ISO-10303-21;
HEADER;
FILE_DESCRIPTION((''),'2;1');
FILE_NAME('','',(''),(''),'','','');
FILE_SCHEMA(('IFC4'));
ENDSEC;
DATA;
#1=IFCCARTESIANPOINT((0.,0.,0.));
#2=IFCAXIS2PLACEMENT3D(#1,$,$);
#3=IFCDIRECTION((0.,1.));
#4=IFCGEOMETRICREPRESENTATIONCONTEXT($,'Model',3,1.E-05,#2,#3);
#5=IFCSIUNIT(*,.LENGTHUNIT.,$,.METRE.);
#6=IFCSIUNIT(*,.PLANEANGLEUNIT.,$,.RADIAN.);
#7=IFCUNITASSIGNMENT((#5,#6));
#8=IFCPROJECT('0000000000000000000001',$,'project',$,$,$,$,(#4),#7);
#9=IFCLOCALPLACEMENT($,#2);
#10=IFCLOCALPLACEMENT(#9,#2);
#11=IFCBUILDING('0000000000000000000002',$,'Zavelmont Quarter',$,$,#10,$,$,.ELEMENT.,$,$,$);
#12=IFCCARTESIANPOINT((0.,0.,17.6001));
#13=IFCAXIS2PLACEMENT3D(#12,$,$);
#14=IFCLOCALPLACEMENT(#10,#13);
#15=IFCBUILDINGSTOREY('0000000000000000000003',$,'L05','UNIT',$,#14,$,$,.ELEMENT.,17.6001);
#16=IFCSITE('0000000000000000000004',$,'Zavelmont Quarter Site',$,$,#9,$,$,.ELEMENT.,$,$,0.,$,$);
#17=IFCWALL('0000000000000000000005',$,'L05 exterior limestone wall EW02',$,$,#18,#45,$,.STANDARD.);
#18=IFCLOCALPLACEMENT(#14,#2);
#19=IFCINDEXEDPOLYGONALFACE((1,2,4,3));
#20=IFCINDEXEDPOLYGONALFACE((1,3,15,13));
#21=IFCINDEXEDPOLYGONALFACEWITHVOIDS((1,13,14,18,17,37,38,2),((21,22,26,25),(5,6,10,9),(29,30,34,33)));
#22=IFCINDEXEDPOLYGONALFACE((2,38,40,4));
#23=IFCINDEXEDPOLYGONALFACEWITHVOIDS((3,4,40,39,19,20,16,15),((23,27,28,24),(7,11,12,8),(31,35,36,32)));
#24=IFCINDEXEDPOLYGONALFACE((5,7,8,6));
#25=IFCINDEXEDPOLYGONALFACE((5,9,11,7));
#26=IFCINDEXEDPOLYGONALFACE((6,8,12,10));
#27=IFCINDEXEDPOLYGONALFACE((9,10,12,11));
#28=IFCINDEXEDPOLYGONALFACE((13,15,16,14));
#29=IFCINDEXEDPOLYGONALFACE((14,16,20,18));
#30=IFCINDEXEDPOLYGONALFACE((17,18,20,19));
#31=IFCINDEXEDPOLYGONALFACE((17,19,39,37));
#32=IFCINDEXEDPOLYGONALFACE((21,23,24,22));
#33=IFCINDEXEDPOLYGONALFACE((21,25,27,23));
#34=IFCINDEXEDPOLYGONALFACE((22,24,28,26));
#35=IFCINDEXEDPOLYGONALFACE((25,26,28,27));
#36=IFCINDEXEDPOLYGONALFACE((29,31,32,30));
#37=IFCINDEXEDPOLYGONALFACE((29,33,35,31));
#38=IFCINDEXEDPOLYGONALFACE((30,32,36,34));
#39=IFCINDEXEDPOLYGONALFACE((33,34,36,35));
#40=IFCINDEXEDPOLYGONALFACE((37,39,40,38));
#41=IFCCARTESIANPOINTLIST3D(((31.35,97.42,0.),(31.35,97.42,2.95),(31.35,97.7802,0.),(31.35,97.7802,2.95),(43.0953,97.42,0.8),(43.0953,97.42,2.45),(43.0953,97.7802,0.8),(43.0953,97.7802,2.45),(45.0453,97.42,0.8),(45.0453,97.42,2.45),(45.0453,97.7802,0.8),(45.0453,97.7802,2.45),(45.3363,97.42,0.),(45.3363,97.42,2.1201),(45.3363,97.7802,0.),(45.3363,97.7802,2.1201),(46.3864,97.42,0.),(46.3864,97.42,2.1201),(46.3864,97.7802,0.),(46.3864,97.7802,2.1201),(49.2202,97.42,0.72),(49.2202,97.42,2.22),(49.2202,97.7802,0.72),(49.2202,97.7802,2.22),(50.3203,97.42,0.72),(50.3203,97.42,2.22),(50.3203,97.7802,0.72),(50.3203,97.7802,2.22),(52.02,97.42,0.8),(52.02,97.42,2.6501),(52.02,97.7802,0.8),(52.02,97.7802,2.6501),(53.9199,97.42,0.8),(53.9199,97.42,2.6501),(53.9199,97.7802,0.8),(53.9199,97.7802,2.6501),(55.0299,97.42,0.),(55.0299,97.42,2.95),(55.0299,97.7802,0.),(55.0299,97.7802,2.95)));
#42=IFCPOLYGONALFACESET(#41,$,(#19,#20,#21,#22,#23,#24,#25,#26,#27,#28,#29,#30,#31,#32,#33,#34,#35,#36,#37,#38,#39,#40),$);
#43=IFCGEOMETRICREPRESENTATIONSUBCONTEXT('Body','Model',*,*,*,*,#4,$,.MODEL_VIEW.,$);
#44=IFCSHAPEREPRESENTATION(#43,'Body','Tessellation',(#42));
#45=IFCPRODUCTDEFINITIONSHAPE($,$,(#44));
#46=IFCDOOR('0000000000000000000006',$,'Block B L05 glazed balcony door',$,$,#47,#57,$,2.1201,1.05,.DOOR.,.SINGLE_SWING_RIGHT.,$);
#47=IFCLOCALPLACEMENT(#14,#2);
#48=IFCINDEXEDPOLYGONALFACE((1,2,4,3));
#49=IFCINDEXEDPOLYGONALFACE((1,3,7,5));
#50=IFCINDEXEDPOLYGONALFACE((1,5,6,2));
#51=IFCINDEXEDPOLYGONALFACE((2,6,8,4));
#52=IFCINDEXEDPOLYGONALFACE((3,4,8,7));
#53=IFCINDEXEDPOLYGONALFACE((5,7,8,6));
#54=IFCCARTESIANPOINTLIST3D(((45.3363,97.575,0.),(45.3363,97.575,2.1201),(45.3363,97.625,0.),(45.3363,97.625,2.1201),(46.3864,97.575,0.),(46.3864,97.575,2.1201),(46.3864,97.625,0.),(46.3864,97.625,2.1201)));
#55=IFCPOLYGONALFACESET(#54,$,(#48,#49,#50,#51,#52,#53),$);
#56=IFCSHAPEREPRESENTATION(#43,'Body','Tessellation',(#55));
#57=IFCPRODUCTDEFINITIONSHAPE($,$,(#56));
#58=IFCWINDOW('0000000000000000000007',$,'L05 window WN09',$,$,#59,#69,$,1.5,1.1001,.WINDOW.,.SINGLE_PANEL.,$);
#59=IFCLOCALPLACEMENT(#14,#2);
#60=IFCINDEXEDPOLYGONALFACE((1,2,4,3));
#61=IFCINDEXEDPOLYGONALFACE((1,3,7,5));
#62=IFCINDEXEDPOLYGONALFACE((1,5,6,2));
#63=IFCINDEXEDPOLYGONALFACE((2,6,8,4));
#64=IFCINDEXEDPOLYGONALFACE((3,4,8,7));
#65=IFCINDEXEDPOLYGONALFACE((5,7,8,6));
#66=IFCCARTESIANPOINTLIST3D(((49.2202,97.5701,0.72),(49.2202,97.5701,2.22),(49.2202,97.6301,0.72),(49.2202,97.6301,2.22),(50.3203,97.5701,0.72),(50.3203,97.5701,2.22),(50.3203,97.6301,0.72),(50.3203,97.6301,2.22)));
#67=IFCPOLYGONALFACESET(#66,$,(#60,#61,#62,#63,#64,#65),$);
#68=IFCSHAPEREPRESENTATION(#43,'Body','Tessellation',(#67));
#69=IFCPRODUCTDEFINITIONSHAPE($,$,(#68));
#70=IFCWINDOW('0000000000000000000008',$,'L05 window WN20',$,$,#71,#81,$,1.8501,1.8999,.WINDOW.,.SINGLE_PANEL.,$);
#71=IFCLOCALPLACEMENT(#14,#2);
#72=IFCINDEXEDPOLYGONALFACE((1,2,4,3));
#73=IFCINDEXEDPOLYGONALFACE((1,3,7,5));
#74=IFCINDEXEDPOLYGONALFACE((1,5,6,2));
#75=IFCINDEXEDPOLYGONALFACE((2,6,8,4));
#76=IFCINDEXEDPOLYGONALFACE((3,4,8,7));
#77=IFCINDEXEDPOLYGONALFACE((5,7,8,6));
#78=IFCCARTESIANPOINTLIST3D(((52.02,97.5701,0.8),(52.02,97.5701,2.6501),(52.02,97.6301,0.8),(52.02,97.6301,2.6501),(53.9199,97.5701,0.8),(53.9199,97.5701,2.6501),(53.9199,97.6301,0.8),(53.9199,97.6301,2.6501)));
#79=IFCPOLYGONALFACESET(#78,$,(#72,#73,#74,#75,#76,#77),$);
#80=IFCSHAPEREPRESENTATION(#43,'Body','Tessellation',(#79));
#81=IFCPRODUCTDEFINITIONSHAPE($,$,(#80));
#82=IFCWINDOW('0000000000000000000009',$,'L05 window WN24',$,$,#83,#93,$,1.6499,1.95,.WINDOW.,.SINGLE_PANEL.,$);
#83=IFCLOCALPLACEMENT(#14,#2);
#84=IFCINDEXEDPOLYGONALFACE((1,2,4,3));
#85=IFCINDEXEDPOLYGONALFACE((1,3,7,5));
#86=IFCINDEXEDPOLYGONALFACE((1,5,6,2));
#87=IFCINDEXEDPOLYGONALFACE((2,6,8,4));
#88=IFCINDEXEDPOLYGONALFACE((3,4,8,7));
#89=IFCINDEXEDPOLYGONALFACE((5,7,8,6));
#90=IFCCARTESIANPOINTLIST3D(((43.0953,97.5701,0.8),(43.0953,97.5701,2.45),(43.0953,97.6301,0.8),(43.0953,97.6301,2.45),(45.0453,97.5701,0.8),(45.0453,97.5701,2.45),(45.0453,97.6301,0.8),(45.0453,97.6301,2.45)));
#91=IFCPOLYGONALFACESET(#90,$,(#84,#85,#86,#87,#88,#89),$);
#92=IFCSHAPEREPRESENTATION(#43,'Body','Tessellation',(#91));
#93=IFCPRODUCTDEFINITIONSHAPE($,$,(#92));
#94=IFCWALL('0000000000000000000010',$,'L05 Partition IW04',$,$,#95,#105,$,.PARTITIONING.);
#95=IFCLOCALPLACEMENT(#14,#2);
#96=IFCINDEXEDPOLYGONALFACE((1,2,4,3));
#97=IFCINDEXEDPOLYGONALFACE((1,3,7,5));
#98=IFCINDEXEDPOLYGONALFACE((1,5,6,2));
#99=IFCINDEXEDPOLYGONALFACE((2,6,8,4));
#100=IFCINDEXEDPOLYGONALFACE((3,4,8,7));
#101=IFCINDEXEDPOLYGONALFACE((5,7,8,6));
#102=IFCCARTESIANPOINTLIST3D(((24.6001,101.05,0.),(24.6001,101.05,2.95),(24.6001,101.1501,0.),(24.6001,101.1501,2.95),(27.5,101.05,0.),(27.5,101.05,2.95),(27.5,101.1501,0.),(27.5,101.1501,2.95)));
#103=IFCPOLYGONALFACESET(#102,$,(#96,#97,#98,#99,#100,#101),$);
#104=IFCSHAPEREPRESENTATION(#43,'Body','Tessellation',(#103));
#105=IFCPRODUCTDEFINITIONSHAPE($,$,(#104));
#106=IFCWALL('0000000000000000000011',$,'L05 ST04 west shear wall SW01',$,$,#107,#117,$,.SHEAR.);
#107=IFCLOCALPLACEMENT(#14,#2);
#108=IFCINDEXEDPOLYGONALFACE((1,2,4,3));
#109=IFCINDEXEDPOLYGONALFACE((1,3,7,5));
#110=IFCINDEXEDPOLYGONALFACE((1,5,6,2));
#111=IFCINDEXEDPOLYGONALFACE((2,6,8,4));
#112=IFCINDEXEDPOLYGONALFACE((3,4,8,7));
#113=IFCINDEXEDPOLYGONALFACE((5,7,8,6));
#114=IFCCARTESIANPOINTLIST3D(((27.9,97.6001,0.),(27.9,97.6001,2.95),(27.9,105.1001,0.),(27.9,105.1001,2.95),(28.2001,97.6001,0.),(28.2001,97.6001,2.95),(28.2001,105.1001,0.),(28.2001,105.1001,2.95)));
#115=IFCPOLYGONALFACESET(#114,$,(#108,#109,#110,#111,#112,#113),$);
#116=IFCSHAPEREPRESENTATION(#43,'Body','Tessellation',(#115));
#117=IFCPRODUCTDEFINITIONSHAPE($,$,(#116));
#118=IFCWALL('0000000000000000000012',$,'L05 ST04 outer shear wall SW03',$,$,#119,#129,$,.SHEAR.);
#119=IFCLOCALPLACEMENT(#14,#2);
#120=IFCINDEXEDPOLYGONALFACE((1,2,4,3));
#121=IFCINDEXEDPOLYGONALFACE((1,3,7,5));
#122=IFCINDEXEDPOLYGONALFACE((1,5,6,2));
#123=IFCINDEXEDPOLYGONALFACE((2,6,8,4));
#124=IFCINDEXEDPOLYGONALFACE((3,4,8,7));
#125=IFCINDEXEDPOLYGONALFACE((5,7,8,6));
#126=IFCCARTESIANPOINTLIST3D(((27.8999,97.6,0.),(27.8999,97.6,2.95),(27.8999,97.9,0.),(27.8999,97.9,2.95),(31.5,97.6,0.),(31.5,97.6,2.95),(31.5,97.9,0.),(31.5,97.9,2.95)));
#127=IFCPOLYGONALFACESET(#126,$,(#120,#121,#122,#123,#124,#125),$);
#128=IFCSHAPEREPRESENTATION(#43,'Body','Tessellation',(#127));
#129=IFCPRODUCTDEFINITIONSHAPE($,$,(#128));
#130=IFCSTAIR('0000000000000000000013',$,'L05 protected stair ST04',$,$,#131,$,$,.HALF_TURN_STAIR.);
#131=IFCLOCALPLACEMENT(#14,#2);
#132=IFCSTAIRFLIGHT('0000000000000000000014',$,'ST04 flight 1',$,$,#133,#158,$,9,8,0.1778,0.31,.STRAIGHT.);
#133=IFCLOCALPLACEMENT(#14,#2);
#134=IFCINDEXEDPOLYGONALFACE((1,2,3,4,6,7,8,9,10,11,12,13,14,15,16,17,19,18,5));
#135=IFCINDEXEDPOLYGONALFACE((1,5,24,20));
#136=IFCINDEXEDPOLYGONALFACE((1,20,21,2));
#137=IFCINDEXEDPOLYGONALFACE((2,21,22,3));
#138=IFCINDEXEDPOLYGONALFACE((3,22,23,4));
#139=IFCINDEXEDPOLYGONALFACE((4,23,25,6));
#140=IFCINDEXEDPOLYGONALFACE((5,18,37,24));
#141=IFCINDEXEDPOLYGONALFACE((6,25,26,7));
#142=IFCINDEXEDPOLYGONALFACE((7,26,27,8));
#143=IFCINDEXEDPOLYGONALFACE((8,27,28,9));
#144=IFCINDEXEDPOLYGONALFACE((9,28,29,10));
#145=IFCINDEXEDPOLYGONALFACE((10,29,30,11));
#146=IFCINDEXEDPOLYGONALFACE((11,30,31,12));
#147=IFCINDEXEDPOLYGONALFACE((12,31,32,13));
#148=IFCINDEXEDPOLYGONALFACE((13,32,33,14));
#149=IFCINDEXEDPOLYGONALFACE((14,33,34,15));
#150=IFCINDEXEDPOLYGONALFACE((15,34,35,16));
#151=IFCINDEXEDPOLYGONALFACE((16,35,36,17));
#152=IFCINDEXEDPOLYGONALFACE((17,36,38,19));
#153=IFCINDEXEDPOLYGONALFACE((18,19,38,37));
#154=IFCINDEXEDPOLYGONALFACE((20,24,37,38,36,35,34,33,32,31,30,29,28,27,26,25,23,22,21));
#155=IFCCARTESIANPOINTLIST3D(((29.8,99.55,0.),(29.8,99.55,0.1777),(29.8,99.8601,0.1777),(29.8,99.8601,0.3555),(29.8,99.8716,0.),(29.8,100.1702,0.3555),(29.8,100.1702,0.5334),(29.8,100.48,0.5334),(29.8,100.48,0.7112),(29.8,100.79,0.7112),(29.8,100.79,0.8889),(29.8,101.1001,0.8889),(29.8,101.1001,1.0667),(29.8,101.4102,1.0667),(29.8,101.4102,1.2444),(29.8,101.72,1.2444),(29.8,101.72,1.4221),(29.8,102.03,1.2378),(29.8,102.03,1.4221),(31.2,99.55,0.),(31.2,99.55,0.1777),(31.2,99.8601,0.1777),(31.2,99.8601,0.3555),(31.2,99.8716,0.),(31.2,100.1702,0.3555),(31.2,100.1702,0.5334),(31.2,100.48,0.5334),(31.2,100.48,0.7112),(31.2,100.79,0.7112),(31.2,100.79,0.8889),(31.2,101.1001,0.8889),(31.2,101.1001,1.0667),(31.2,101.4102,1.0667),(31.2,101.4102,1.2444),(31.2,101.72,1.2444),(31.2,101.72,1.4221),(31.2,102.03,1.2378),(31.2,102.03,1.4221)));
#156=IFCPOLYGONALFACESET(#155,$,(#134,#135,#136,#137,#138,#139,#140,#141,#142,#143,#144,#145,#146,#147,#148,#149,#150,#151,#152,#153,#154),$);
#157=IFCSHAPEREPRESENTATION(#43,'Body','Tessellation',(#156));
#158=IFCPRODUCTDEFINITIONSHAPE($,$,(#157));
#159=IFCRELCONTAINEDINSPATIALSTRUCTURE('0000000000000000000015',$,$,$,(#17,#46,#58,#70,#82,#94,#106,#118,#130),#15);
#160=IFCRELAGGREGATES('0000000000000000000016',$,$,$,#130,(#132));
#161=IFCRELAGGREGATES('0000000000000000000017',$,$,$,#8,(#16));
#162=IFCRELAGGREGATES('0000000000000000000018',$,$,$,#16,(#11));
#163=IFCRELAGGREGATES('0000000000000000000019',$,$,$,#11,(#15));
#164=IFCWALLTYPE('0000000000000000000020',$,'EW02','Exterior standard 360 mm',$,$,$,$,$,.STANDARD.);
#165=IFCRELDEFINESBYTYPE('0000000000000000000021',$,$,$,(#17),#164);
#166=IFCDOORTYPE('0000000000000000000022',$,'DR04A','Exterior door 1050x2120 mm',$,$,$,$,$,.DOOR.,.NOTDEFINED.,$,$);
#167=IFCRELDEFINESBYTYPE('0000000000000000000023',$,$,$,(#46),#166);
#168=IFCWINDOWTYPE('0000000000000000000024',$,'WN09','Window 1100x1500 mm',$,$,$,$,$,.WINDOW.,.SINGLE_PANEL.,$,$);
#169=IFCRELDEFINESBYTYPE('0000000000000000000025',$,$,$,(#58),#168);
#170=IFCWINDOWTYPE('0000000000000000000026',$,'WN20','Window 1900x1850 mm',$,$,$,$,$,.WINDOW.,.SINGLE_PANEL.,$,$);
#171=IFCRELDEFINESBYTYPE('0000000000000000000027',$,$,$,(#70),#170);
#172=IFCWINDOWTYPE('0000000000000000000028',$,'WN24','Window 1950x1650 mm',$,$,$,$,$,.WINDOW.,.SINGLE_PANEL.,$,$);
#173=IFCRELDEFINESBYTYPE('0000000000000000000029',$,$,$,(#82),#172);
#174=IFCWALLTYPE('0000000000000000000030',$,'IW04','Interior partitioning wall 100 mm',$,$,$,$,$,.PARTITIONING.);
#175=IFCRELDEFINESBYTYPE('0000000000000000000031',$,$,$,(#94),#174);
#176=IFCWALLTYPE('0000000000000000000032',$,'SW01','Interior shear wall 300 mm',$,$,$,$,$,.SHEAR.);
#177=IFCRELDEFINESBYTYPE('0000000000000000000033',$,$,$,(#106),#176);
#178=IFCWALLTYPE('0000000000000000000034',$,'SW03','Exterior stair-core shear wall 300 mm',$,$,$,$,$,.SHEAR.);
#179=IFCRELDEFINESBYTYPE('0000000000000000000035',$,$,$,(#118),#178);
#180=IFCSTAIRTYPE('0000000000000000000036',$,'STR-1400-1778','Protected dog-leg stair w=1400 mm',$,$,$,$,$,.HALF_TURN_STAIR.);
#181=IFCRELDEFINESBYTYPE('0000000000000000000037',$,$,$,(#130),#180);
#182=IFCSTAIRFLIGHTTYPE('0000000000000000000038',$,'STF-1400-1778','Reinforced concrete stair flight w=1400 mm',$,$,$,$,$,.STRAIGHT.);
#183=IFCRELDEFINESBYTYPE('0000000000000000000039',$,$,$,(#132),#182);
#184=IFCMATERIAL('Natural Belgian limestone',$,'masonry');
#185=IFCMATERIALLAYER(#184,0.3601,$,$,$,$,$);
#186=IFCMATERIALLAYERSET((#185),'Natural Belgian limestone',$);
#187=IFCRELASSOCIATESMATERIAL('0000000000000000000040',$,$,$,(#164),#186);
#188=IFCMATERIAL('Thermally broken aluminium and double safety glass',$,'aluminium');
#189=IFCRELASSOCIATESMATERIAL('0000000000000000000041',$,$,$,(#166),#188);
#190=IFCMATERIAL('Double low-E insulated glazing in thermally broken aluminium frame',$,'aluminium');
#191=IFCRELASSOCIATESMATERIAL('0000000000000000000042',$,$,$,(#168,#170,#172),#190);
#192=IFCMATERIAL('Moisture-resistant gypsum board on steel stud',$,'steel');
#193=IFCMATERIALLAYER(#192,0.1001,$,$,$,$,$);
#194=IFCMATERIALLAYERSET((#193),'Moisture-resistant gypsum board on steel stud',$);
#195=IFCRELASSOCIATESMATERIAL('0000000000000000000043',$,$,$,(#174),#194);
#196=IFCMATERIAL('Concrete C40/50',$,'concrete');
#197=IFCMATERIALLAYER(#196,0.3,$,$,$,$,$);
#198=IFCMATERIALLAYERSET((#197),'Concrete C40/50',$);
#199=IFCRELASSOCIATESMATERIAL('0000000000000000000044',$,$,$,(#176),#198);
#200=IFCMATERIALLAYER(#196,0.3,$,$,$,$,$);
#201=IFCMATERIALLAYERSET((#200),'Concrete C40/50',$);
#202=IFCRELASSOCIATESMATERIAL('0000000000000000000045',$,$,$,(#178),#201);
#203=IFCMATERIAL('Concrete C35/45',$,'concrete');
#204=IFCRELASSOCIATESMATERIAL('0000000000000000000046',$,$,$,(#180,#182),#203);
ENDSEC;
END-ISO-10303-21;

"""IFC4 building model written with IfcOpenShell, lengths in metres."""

from ifc_helpers import new_model, si_unit, direction, frame, frame_2d, origin, origin_with_axes, place, context, subcontext, project, spatial, polyline, rectangle, outline, extrude, material, layer, layer_set, type_object, element, fill, aggregate, save


model = new_model("IFC4")

# Units and contexts
model_context = context("Model", 3, precision=1e-05, world=origin(), true_north=direction((0.0, 1.0)))
body_context = subcontext(model_context, "Body", "Model", "MODEL_VIEW")
ifc_project = project(units=[si_unit("LENGTHUNIT", "METRE"), si_unit("PLANEANGLEUNIT", "RADIAN")], contexts=[model_context])

# Site, building, storey
site_placement = place(None, origin())
site = spatial("IfcSite", under=ifc_project, at=site_placement, Name="Zavelmont Quarter Site", CompositionType="ELEMENT", RefElevation=0.0)
building_placement = place(site_placement, origin())
building = spatial("IfcBuilding", under=site, at=building_placement, Name="Zavelmont Quarter", CompositionType="ELEMENT")
storey_placement = place(building_placement, frame((0.0, 0.0, 17.6001)))
storey = spatial("IfcBuildingStorey", under=building, at=storey_placement, Name="L05", Description="UNIT", CompositionType="ELEMENT", Elevation=17.6001)

# Shared definitions
ifc_material_1 = material(Name="Concrete C35/45", Category="concrete")

# Wall, openings, door, windows
ifc_material_2 = material(Name="Natural Belgian limestone", Category="masonry")
ifc_layer_1 = layer(ifc_material_2, 0.3601)
ifc_layer_set_1 = layer_set([ifc_layer_1], Name="Natural Belgian limestone")
wall_type_1 = type_object("IfcWallType", Name="EW02", Description="Exterior standard 360 mm", PredefinedType="STANDARD", material=ifc_layer_set_1)
wall_1_placement = place(storey_placement, frame((31.3501, 97.6001, 0.0), z_axis=(0.0, 0.0, 1.0), x_axis=(1.0, 0.0, 0.0)))
wall_1 = element("IfcWall", 1, at=wall_1_placement, inside=storey, type_object=wall_type_1, Name="L05 exterior limestone wall EW02", PredefinedType="STANDARD", context=body_context, shape_type="SweptSolid", body=[
    extrude(rectangle(XDim=23.6799, YDim=0.3601, at=frame_2d((11.8398, 0.0))), origin(), (0.0, 0.0, 1.0), 2.95),
])
opening_1_placement = place(wall_1_placement, frame((13.9863, 0.0, 0.0)))
opening_1 = element("IfcOpeningElement", 2, at=opening_1_placement, cuts=wall_1, PredefinedType="OPENING", context=body_context, shape_type="SweptSolid", body=[
    extrude(rectangle(XDim=1.05, YDim=2.1201, at=frame_2d((0.5249, 1.0601))), frame((0.0, 0.1919, 0.0), z_axis=(0.0, -1.0, 0.0), x_axis=(1.0, 0.0, 0.0)), (0.0, 0.0, 1.0), 0.384),
])
opening_2_placement = place(wall_1_placement, frame((11.7451, 0.0, 0.8)))
opening_2 = element("IfcOpeningElement", 3, at=opening_2_placement, cuts=wall_1, PredefinedType="OPENING", context=body_context, shape_type="SweptSolid", body=[
    extrude(rectangle(XDim=1.95, YDim=1.6499, at=frame_2d((0.9751, 0.825))), frame((0.0, 0.1919, 0.0), z_axis=(0.0, -1.0, 0.0), x_axis=(1.0, 0.0, 0.0)), (0.0, 0.0, 1.0), 0.384),
])
opening_3_placement = place(wall_1_placement, frame((17.8701, 0.0, 0.72)))
opening_3 = element("IfcOpeningElement", 4, at=opening_3_placement, cuts=wall_1, PredefinedType="OPENING", context=body_context, shape_type="SweptSolid", body=[
    extrude(rectangle(XDim=1.1001, YDim=1.5, at=frame_2d((0.55, 0.75))), frame((0.0, 0.1919, 0.0), z_axis=(0.0, -1.0, 0.0), x_axis=(1.0, 0.0, 0.0)), (0.0, 0.0, 1.0), 0.384),
])
opening_4_placement = place(wall_1_placement, frame((20.6699, 0.0, 0.8)))
opening_4 = element("IfcOpeningElement", 5, at=opening_4_placement, cuts=wall_1, PredefinedType="OPENING", context=body_context, shape_type="SweptSolid", body=[
    extrude(rectangle(XDim=1.8999, YDim=1.8501, at=frame_2d((0.95, 0.925))), frame((0.0, 0.1919, 0.0), z_axis=(0.0, -1.0, 0.0), x_axis=(1.0, 0.0, 0.0)), (0.0, 0.0, 1.0), 0.384),
])
ifc_material_3 = material(Name="Thermally broken aluminium and double safety glass", Category="aluminium")
door_type_1 = type_object("IfcDoorType", Name="DR04A", Description="Exterior door 1050x2120 mm", OperationType="NOTDEFINED", PredefinedType="DOOR", material=ifc_material_3)
door_1_placement = place(opening_1_placement, origin_with_axes())
door_1 = element("IfcDoor", 6, at=door_1_placement, inside=storey, type_object=door_type_1, Name="Block B L05 glazed balcony door", OperationType="SINGLE_SWING_RIGHT", OverallHeight=2.1201, OverallWidth=1.05, PredefinedType="DOOR", context=body_context, shape_type="SweptSolid", body=[
    extrude(rectangle(XDim=1.05, YDim=2.1201, at=frame_2d((0.5249, 1.0601))), frame((0.0, 0.0249, 0.0), z_axis=(0.0, -1.0, 0.0), x_axis=(1.0, 0.0, 0.0)), (0.0, 0.0, 1.0), 0.05),
])
fill(opening_1, door_1)
ifc_material_4 = material(Name="Double low-E insulated glazing in thermally broken aluminium frame", Category="aluminium")
window_type_1 = type_object("IfcWindowType", Name="WN09", Description="Window 1100x1500 mm", PartitioningType="SINGLE_PANEL", PredefinedType="WINDOW", material=ifc_material_4)
window_1_placement = place(opening_3_placement, origin_with_axes())
window_1 = element("IfcWindow", 7, at=window_1_placement, inside=storey, type_object=window_type_1, Name="L05 window WN09", OverallHeight=1.5, OverallWidth=1.1001, PartitioningType="SINGLE_PANEL", PredefinedType="WINDOW", context=body_context, shape_type="SweptSolid", body=[
    extrude(rectangle(XDim=1.1001, YDim=1.5, at=frame_2d((0.55, 0.75))), frame((0.0, 0.03, 0.0), z_axis=(0.0, -1.0, 0.0), x_axis=(1.0, 0.0, 0.0)), (0.0, 0.0, 1.0), 0.0601),
])
fill(opening_3, window_1)
window_type_2 = type_object("IfcWindowType", Name="WN20", Description="Window 1900x1850 mm", PartitioningType="SINGLE_PANEL", PredefinedType="WINDOW", material=ifc_material_4)
window_2_placement = place(opening_4_placement, origin_with_axes())
window_2 = element("IfcWindow", 8, at=window_2_placement, inside=storey, type_object=window_type_2, Name="L05 window WN20", OverallHeight=1.8501, OverallWidth=1.8999, PartitioningType="SINGLE_PANEL", PredefinedType="WINDOW", context=body_context, shape_type="SweptSolid", body=[
    extrude(rectangle(XDim=1.8999, YDim=1.8501, at=frame_2d((0.95, 0.925))), frame((0.0, 0.03, 0.0), z_axis=(0.0, -1.0, 0.0), x_axis=(1.0, 0.0, 0.0)), (0.0, 0.0, 1.0), 0.0601),
])
fill(opening_4, window_2)
window_type_3 = type_object("IfcWindowType", Name="WN24", Description="Window 1950x1650 mm", PartitioningType="SINGLE_PANEL", PredefinedType="WINDOW", material=ifc_material_4)
window_3_placement = place(opening_2_placement, origin_with_axes())
window_3 = element("IfcWindow", 9, at=window_3_placement, inside=storey, type_object=window_type_3, Name="L05 window WN24", OverallHeight=1.6499, OverallWidth=1.95, PartitioningType="SINGLE_PANEL", PredefinedType="WINDOW", context=body_context, shape_type="SweptSolid", body=[
    extrude(rectangle(XDim=1.95, YDim=1.6499, at=frame_2d((0.9751, 0.825))), frame((0.0, 0.03, 0.0), z_axis=(0.0, -1.0, 0.0), x_axis=(1.0, 0.0, 0.0)), (0.0, 0.0, 1.0), 0.0601),
])
fill(opening_2, window_3)

# Walls
ifc_material_5 = material(Name="Moisture-resistant gypsum board on steel stud", Category="steel")
ifc_layer_2 = layer(ifc_material_5, 0.1001)
ifc_layer_set_2 = layer_set([ifc_layer_2], Name="Moisture-resistant gypsum board on steel stud")
wall_type_2 = type_object("IfcWallType", Name="IW04", Description="Interior partitioning wall 100 mm", PredefinedType="PARTITIONING", material=ifc_layer_set_2)
wall_2_placement = place(storey_placement, frame((24.6001, 101.1001, 0.0), z_axis=(0.0, 0.0, 1.0), x_axis=(1.0, 0.0, 0.0)))
element("IfcWall", 10, at=wall_2_placement, inside=storey, type_object=wall_type_2, Name="L05 Partition IW04", PredefinedType="PARTITIONING", context=body_context, shape_type="SweptSolid", body=[
    extrude(rectangle(XDim=2.8999, YDim=0.1001, at=frame_2d((1.45, 0.0))), origin(), (0.0, 0.0, 1.0), 2.95),
])
ifc_material_6 = material(Name="Concrete C40/50", Category="concrete")
ifc_layer_3 = layer(ifc_material_6, 0.3)
ifc_layer_set_3 = layer_set([ifc_layer_3], Name="Concrete C40/50")
wall_type_3 = type_object("IfcWallType", Name="SW01", Description="Interior shear wall 300 mm", PredefinedType="SHEAR", material=ifc_layer_set_3)
wall_3_placement = place(storey_placement, frame((28.05, 97.6001, 0.0), z_axis=(0.0, 0.0, 1.0), x_axis=(0.0, 1.0, 0.0)))
element("IfcWall", 11, at=wall_3_placement, inside=storey, type_object=wall_type_3, Name="L05 ST04 west shear wall SW01", PredefinedType="SHEAR", context=body_context, shape_type="SweptSolid", body=[
    extrude(rectangle(XDim=7.5, YDim=0.3, at=frame_2d((3.75, 0.0))), origin(), (0.0, 0.0, 1.0), 2.95),
])

# Wall
ifc_layer_4 = layer(ifc_material_6, 0.3)
ifc_layer_set_4 = layer_set([ifc_layer_4], Name="Concrete C40/50")
wall_type_4 = type_object("IfcWallType", Name="SW03", Description="Exterior stair-core shear wall 300 mm", PredefinedType="SHEAR", material=ifc_layer_set_4)
wall_4_placement = place(storey_placement, frame((27.8999, 97.75, 0.0), z_axis=(0.0, 0.0, 1.0), x_axis=(1.0, 0.0, 0.0)))
element("IfcWall", 12, at=wall_4_placement, inside=storey, type_object=wall_type_4, Name="L05 ST04 outer shear wall SW03", PredefinedType="SHEAR", context=body_context, shape_type="SweptSolid", body=[
    extrude(rectangle(XDim=3.6001, YDim=0.3, at=frame_2d((1.8, 0.0))), origin(), (0.0, 0.0, 1.0), 2.95),
])

# Stair, stair flight
stair_type = type_object("IfcStairType", Name="STR-1400-1778", Description="Protected dog-leg stair w=1400 mm", PredefinedType="HALF_TURN_STAIR", material=ifc_material_1)
stair_placement = place(storey_placement, origin())
stair = element("IfcStair", 13, at=stair_placement, inside=storey, type_object=stair_type, Name="L05 protected stair ST04", PredefinedType="HALF_TURN_STAIR")
stair_flight_type = type_object("IfcStairFlightType", Name="STF-1400-1778", Description="Reinforced concrete stair flight w=1400 mm", PredefinedType="STRAIGHT", material=ifc_material_1)
stair_flight_placement = place(storey_placement, frame((30.5, 99.55, 0.0), z_axis=(0.0, 0.0, 1.0), x_axis=(0.0, 1.0, 0.0)))
stair_flight = element("IfcStairFlight", 14, at=stair_flight_placement, type_object=stair_flight_type, Name="ST04 flight 1", NumberOfRisers=9, NumberOfTreads=8, PredefinedType="STRAIGHT", RiserHeight=0.1778, TreadLength=0.31, context=body_context, shape_type="SweptSolid", body=[
    extrude(outline(polyline([(0.0, 0.0), (0.0, 0.1777), (0.3101, 0.1777), (0.3101, 0.3555), (0.6201, 0.3555), (0.6201, 0.5334), (0.9299, 0.5334), (0.9299, 0.7112), (1.24, 0.7112), (1.24, 0.8889), (1.55, 0.8889), (1.55, 1.0667), (1.8601, 1.0667), (1.8601, 1.2444), (2.1699, 1.2444), (2.1699, 1.4221), (2.48, 1.4221), (2.48, 1.6001), (2.48, 1.2378), (0.3215, 0.0), (0.0, 0.0)])), frame((0.0, 0.7, 0.0), z_axis=(0.0, -1.0, 0.0), x_axis=(1.0, 0.0, 0.0)), (0.0, 0.0, 1.0), 1.3999),
])
aggregate(stair, [stair_flight])

save(model, "model.ifc")
